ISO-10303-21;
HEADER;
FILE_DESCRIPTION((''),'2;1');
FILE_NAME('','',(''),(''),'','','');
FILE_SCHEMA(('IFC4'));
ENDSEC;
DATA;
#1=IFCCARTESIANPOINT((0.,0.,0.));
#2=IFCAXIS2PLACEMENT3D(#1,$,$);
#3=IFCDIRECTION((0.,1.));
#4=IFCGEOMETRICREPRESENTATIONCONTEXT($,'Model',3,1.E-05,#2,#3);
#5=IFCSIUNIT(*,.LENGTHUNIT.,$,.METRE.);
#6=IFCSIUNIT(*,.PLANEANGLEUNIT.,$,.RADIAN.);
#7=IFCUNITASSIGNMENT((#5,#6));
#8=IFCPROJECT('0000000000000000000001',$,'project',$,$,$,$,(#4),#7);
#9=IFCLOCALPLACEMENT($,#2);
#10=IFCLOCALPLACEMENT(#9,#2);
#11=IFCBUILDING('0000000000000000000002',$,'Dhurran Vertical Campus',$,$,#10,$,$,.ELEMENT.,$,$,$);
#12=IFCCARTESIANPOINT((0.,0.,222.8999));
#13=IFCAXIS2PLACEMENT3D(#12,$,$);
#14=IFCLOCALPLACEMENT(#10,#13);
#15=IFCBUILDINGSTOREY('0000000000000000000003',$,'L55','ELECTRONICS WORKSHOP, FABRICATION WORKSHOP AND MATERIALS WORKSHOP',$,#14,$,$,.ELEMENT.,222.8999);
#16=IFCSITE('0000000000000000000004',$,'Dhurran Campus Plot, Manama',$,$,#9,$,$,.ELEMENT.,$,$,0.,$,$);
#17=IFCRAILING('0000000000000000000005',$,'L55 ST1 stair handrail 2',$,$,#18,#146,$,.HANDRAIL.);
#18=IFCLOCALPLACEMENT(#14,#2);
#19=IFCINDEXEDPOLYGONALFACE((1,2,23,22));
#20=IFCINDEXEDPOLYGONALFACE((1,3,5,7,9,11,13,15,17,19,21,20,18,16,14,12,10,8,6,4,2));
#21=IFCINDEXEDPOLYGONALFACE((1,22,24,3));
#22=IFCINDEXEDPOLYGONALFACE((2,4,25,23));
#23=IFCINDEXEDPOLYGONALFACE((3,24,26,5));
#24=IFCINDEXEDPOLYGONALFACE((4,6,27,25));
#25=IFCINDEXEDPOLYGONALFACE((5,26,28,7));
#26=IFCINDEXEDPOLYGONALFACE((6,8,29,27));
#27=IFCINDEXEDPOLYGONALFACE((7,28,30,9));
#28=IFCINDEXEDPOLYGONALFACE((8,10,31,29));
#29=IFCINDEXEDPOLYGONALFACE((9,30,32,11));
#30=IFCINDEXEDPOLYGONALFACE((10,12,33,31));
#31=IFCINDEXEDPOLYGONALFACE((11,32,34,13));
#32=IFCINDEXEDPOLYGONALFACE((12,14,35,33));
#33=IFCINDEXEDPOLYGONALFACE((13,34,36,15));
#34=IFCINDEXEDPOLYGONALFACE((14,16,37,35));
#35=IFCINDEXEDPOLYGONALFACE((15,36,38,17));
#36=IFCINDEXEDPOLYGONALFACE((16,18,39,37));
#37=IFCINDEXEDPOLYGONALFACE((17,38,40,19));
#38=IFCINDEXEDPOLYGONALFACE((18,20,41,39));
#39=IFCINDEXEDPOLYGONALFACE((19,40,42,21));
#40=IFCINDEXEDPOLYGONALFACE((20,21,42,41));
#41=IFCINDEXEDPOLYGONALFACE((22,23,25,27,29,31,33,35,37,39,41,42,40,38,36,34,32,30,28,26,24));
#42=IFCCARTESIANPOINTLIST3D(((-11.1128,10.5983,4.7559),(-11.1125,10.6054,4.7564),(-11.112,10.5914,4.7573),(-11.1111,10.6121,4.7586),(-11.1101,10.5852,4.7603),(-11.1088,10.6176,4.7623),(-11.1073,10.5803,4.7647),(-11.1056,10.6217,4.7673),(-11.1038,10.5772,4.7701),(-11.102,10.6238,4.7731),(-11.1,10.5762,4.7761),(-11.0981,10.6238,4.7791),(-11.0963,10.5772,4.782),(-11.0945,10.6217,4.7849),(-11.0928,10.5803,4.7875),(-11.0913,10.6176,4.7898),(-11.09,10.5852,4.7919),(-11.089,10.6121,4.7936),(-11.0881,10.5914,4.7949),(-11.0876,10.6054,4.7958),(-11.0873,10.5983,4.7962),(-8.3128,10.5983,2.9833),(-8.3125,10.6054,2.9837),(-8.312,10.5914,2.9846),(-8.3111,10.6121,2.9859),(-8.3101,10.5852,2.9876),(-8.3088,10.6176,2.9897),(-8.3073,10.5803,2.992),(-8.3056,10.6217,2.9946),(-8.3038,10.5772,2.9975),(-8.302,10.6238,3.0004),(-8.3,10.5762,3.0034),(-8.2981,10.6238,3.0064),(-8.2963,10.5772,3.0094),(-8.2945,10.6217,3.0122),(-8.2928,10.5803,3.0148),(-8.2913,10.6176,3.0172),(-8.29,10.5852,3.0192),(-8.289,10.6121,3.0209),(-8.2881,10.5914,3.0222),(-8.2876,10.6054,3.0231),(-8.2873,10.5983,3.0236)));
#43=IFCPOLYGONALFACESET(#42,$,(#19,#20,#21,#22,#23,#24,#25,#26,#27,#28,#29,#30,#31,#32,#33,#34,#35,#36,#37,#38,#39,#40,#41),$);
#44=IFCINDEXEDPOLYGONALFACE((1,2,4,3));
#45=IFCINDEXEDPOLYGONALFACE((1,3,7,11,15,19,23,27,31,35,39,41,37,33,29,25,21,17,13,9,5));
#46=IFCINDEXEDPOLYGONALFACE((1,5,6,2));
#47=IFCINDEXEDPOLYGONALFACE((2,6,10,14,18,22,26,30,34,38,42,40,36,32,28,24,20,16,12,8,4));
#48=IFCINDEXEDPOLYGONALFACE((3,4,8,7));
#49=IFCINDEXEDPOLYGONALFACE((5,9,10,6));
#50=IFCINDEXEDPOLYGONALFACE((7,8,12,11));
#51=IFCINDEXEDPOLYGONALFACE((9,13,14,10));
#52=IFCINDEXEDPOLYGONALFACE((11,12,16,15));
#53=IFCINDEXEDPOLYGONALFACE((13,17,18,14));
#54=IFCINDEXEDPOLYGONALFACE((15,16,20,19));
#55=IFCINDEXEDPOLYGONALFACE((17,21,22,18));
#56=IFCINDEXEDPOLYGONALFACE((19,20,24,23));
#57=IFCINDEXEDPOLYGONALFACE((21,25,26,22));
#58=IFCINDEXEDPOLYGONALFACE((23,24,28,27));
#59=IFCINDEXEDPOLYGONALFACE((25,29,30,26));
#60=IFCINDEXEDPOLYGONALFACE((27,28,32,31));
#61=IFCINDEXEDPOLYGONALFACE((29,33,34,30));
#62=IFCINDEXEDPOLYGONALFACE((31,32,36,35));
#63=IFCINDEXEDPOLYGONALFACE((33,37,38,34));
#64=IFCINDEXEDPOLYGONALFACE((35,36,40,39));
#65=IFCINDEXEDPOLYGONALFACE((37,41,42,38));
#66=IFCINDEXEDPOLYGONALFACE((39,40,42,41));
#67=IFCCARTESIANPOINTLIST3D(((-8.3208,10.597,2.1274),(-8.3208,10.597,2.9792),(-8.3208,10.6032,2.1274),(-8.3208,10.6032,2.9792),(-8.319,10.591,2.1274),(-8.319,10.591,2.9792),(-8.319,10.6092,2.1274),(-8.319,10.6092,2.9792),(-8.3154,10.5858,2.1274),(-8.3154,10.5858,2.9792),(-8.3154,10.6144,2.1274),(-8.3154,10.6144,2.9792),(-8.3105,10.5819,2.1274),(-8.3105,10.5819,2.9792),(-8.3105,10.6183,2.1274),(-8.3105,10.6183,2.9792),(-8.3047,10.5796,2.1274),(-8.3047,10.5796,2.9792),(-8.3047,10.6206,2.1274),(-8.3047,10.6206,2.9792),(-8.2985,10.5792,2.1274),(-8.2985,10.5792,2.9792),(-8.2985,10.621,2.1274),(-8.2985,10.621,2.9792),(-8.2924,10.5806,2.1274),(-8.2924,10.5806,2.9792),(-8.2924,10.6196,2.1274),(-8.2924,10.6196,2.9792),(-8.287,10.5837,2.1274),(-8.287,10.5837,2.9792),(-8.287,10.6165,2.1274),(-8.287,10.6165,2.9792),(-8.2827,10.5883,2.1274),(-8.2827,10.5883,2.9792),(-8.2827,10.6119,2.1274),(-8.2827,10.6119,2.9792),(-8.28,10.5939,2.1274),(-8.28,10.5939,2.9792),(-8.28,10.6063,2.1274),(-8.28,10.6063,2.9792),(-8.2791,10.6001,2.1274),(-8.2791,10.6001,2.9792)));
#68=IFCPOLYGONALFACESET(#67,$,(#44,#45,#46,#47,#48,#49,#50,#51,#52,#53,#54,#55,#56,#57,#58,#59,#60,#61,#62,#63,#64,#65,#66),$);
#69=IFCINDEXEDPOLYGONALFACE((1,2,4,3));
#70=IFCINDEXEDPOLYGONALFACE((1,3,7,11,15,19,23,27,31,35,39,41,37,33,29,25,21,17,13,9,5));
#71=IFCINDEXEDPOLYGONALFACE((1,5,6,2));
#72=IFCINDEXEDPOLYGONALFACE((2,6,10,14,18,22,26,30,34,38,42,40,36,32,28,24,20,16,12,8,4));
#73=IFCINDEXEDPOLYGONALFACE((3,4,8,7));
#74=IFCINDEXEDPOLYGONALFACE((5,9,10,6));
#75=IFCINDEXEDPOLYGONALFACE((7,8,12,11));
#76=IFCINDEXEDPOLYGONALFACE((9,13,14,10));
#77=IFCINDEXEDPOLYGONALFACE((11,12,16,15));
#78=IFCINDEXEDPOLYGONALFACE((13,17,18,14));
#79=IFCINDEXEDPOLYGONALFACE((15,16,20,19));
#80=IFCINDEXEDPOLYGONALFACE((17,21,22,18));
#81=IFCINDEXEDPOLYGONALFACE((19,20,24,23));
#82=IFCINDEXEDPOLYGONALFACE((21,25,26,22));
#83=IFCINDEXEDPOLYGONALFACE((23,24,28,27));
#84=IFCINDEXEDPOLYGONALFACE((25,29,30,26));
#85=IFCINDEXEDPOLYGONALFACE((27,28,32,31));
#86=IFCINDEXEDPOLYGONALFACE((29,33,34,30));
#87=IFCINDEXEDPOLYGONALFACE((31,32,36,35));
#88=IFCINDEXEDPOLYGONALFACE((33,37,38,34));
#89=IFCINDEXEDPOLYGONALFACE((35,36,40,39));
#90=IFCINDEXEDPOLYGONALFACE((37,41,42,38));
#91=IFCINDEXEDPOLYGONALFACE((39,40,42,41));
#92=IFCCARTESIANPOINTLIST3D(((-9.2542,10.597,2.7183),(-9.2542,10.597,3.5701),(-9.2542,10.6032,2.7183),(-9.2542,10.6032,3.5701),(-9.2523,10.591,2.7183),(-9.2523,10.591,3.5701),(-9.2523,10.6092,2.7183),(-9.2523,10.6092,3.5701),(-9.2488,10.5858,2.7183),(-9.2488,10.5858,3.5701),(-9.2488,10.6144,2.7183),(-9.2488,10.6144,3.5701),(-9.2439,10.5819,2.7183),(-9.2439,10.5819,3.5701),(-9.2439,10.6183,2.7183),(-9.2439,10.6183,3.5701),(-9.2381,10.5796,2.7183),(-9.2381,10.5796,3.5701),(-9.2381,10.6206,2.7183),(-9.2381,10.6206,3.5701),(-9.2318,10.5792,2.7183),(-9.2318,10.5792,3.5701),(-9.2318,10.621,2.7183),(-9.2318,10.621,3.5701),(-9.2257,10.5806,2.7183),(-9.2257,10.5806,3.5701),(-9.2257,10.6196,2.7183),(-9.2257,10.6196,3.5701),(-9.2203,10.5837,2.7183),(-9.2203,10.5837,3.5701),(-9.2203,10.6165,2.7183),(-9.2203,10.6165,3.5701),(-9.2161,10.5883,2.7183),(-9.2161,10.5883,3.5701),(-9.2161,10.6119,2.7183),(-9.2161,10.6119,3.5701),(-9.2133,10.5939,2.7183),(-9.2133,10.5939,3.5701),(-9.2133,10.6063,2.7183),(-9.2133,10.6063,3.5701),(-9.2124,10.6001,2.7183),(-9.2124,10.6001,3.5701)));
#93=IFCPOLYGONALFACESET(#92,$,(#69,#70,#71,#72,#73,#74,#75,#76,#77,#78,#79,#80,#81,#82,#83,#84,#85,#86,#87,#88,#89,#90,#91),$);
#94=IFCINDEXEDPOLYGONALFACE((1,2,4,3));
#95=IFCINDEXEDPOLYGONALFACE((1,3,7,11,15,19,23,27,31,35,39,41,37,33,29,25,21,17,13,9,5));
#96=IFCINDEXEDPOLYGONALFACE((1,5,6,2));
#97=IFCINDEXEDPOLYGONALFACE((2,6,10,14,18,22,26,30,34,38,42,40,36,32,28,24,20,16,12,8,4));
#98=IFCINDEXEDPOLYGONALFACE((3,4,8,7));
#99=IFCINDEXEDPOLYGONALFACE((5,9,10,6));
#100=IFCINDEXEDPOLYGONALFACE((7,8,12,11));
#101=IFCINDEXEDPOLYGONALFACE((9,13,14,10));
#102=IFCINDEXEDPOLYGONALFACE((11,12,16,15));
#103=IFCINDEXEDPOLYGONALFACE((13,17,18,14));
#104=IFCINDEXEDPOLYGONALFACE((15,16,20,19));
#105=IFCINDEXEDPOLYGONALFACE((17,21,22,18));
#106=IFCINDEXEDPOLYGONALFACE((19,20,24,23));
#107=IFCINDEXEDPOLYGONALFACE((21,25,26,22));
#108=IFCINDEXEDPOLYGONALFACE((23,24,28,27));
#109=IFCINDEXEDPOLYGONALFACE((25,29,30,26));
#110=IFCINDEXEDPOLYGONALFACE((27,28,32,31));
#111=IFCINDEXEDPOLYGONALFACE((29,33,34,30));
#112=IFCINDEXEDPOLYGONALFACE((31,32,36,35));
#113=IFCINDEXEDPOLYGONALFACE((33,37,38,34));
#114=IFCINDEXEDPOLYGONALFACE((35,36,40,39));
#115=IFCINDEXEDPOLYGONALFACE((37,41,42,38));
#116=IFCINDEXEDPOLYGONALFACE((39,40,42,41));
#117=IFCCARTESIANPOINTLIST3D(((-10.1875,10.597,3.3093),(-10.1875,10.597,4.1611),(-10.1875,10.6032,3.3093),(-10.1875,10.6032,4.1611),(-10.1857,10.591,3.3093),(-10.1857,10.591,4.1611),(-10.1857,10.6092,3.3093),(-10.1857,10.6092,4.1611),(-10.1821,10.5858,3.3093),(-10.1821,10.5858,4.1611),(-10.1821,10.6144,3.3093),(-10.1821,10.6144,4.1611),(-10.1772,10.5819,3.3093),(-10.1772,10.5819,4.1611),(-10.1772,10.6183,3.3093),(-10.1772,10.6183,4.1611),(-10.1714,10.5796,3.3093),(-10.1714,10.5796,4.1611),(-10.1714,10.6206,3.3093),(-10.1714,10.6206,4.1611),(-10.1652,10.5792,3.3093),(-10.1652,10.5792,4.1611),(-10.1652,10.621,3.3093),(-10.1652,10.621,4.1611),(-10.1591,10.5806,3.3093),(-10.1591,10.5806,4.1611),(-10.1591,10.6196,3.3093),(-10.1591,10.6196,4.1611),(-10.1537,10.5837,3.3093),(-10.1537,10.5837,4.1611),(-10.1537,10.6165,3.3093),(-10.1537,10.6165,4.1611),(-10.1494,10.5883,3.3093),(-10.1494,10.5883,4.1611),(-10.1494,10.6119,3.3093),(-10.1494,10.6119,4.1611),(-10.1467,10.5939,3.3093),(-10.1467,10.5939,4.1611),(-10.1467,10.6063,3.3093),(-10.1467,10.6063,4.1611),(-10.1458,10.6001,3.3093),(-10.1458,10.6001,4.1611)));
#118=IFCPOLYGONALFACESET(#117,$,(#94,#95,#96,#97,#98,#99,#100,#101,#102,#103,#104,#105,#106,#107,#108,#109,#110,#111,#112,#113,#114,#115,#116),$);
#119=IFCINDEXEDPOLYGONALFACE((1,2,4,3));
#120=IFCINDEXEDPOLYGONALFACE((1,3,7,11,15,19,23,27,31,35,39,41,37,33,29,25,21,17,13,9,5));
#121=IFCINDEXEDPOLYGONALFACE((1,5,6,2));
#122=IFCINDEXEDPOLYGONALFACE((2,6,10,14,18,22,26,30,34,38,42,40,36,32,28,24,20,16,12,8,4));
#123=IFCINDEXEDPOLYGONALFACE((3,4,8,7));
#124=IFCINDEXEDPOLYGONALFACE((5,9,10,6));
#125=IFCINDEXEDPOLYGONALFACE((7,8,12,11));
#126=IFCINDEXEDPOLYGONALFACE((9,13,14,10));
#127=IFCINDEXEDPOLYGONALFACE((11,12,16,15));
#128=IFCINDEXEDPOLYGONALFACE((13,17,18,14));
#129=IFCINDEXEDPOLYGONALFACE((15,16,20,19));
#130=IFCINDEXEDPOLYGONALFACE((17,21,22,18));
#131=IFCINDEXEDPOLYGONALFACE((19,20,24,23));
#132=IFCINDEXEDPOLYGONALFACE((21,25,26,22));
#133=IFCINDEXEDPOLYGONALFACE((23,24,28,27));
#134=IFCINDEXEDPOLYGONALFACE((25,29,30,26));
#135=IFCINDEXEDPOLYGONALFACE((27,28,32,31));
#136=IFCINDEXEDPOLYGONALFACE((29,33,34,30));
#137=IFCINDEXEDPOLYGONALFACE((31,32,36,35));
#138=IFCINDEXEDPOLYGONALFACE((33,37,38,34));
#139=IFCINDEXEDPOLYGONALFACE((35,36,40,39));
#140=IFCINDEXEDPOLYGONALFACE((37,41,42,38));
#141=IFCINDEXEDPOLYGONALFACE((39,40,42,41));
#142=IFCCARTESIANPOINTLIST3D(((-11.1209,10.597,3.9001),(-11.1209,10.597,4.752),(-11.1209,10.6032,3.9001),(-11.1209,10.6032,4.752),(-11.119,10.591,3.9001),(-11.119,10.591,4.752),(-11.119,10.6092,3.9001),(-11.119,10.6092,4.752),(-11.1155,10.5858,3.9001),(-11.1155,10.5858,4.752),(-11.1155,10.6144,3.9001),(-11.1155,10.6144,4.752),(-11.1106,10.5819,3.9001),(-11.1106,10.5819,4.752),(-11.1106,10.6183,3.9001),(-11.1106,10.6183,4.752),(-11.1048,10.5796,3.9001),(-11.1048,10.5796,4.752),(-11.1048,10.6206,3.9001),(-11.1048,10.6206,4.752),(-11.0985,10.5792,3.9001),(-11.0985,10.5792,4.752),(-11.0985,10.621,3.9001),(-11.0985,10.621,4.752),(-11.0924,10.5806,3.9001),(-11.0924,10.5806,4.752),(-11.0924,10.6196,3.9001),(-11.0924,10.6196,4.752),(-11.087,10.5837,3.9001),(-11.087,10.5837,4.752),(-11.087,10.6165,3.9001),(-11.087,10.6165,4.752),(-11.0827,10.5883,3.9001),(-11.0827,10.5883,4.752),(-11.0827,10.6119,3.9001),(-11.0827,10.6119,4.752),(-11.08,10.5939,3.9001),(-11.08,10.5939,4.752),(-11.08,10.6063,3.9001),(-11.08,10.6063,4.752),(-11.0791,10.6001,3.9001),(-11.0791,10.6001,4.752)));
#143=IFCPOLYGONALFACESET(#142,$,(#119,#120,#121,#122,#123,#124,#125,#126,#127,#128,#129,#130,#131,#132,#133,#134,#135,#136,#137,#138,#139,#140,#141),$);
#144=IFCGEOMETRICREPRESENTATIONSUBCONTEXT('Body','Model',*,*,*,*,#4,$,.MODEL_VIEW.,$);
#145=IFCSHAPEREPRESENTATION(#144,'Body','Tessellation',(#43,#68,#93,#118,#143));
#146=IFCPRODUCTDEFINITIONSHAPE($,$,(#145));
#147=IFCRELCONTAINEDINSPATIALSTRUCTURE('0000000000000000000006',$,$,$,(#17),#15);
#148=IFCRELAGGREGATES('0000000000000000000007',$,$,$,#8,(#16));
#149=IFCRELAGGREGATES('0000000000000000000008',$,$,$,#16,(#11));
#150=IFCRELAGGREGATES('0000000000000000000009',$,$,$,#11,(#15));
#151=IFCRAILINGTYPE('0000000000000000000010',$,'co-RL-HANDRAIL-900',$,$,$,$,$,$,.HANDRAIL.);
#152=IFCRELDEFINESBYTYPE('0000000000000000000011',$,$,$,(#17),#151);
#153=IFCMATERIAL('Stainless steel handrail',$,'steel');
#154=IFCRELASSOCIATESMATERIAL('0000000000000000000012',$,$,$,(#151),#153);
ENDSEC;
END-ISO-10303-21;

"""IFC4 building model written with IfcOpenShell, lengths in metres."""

from ifc_helpers import new_model, si_unit, direction, frame, origin, origin_2d, place, context, subcontext, project, spatial, circle, extrude, material, type_object, element, save


model = new_model("IFC4")

# Units and contexts
model_context = context("Model", 3, precision=1e-05, world=origin(), true_north=direction((0.0, 1.0)))
body_context = subcontext(model_context, "Body", "Model", "MODEL_VIEW")
ifc_project = project(units=[si_unit("LENGTHUNIT", "METRE"), si_unit("PLANEANGLEUNIT", "RADIAN")], contexts=[model_context])

# Site, building, storey
site_placement = place(None, origin())
site = spatial("IfcSite", under=ifc_project, at=site_placement, Name="Dhurran Campus Plot, Manama", CompositionType="ELEMENT", RefElevation=0.0)
building_placement = place(site_placement, origin())
building = spatial("IfcBuilding", under=site, at=building_placement, Name="Dhurran Vertical Campus", CompositionType="ELEMENT")
storey_placement = place(building_placement, frame((0.0, 0.0, 222.8999)))
storey = spatial("IfcBuildingStorey", under=building, at=storey_placement, Name="L55", Description="ELECTRONICS WORKSHOP, FABRICATION WORKSHOP AND MATERIALS WORKSHOP", CompositionType="ELEMENT", Elevation=222.8999)

# Railing
ifc_material_1 = material(Name="Stainless steel handrail", Category="steel")
railing_type_1 = type_object("IfcRailingType", Name="co-RL-HANDRAIL-900", PredefinedType="HANDRAIL", material=ifc_material_1)
railing_1_placement = place(storey_placement, frame((-8.3, 10.6001, 2.1274)))
element("IfcRailing", 1, at=railing_1_placement, inside=storey, type_object=railing_type_1, Name="L55 ST1 stair handrail 2", PredefinedType="HANDRAIL", context=body_context, shape_type="SweptSolid", body=[
    extrude(circle(Radius=0.0239, at=origin_2d()), frame((0.0, 0.0, 0.876), z_axis=(-0.844909, 0.0, 0.53491), x_axis=(0.0, -1.0, 0.0)), (0.0, 0.0, 1.0), 3.314),
    extrude(circle(Radius=0.021, at=origin_2d()), origin(), (0.0, 0.0, 1.0), 0.8518),
    extrude(circle(Radius=0.021, at=origin_2d()), frame((-0.9333, 0.0, 0.5908)), (0.0, 0.0, 1.0), 0.8518),
    extrude(circle(Radius=0.021, at=origin_2d()), frame((-1.8667, 0.0, 1.1819)), (0.0, 0.0, 1.0), 0.8518),
    extrude(circle(Radius=0.021, at=origin_2d()), frame((-2.8, 0.0, 1.7727)), (0.0, 0.0, 1.0), 0.8518),
])

save(model, "model.ifc")
